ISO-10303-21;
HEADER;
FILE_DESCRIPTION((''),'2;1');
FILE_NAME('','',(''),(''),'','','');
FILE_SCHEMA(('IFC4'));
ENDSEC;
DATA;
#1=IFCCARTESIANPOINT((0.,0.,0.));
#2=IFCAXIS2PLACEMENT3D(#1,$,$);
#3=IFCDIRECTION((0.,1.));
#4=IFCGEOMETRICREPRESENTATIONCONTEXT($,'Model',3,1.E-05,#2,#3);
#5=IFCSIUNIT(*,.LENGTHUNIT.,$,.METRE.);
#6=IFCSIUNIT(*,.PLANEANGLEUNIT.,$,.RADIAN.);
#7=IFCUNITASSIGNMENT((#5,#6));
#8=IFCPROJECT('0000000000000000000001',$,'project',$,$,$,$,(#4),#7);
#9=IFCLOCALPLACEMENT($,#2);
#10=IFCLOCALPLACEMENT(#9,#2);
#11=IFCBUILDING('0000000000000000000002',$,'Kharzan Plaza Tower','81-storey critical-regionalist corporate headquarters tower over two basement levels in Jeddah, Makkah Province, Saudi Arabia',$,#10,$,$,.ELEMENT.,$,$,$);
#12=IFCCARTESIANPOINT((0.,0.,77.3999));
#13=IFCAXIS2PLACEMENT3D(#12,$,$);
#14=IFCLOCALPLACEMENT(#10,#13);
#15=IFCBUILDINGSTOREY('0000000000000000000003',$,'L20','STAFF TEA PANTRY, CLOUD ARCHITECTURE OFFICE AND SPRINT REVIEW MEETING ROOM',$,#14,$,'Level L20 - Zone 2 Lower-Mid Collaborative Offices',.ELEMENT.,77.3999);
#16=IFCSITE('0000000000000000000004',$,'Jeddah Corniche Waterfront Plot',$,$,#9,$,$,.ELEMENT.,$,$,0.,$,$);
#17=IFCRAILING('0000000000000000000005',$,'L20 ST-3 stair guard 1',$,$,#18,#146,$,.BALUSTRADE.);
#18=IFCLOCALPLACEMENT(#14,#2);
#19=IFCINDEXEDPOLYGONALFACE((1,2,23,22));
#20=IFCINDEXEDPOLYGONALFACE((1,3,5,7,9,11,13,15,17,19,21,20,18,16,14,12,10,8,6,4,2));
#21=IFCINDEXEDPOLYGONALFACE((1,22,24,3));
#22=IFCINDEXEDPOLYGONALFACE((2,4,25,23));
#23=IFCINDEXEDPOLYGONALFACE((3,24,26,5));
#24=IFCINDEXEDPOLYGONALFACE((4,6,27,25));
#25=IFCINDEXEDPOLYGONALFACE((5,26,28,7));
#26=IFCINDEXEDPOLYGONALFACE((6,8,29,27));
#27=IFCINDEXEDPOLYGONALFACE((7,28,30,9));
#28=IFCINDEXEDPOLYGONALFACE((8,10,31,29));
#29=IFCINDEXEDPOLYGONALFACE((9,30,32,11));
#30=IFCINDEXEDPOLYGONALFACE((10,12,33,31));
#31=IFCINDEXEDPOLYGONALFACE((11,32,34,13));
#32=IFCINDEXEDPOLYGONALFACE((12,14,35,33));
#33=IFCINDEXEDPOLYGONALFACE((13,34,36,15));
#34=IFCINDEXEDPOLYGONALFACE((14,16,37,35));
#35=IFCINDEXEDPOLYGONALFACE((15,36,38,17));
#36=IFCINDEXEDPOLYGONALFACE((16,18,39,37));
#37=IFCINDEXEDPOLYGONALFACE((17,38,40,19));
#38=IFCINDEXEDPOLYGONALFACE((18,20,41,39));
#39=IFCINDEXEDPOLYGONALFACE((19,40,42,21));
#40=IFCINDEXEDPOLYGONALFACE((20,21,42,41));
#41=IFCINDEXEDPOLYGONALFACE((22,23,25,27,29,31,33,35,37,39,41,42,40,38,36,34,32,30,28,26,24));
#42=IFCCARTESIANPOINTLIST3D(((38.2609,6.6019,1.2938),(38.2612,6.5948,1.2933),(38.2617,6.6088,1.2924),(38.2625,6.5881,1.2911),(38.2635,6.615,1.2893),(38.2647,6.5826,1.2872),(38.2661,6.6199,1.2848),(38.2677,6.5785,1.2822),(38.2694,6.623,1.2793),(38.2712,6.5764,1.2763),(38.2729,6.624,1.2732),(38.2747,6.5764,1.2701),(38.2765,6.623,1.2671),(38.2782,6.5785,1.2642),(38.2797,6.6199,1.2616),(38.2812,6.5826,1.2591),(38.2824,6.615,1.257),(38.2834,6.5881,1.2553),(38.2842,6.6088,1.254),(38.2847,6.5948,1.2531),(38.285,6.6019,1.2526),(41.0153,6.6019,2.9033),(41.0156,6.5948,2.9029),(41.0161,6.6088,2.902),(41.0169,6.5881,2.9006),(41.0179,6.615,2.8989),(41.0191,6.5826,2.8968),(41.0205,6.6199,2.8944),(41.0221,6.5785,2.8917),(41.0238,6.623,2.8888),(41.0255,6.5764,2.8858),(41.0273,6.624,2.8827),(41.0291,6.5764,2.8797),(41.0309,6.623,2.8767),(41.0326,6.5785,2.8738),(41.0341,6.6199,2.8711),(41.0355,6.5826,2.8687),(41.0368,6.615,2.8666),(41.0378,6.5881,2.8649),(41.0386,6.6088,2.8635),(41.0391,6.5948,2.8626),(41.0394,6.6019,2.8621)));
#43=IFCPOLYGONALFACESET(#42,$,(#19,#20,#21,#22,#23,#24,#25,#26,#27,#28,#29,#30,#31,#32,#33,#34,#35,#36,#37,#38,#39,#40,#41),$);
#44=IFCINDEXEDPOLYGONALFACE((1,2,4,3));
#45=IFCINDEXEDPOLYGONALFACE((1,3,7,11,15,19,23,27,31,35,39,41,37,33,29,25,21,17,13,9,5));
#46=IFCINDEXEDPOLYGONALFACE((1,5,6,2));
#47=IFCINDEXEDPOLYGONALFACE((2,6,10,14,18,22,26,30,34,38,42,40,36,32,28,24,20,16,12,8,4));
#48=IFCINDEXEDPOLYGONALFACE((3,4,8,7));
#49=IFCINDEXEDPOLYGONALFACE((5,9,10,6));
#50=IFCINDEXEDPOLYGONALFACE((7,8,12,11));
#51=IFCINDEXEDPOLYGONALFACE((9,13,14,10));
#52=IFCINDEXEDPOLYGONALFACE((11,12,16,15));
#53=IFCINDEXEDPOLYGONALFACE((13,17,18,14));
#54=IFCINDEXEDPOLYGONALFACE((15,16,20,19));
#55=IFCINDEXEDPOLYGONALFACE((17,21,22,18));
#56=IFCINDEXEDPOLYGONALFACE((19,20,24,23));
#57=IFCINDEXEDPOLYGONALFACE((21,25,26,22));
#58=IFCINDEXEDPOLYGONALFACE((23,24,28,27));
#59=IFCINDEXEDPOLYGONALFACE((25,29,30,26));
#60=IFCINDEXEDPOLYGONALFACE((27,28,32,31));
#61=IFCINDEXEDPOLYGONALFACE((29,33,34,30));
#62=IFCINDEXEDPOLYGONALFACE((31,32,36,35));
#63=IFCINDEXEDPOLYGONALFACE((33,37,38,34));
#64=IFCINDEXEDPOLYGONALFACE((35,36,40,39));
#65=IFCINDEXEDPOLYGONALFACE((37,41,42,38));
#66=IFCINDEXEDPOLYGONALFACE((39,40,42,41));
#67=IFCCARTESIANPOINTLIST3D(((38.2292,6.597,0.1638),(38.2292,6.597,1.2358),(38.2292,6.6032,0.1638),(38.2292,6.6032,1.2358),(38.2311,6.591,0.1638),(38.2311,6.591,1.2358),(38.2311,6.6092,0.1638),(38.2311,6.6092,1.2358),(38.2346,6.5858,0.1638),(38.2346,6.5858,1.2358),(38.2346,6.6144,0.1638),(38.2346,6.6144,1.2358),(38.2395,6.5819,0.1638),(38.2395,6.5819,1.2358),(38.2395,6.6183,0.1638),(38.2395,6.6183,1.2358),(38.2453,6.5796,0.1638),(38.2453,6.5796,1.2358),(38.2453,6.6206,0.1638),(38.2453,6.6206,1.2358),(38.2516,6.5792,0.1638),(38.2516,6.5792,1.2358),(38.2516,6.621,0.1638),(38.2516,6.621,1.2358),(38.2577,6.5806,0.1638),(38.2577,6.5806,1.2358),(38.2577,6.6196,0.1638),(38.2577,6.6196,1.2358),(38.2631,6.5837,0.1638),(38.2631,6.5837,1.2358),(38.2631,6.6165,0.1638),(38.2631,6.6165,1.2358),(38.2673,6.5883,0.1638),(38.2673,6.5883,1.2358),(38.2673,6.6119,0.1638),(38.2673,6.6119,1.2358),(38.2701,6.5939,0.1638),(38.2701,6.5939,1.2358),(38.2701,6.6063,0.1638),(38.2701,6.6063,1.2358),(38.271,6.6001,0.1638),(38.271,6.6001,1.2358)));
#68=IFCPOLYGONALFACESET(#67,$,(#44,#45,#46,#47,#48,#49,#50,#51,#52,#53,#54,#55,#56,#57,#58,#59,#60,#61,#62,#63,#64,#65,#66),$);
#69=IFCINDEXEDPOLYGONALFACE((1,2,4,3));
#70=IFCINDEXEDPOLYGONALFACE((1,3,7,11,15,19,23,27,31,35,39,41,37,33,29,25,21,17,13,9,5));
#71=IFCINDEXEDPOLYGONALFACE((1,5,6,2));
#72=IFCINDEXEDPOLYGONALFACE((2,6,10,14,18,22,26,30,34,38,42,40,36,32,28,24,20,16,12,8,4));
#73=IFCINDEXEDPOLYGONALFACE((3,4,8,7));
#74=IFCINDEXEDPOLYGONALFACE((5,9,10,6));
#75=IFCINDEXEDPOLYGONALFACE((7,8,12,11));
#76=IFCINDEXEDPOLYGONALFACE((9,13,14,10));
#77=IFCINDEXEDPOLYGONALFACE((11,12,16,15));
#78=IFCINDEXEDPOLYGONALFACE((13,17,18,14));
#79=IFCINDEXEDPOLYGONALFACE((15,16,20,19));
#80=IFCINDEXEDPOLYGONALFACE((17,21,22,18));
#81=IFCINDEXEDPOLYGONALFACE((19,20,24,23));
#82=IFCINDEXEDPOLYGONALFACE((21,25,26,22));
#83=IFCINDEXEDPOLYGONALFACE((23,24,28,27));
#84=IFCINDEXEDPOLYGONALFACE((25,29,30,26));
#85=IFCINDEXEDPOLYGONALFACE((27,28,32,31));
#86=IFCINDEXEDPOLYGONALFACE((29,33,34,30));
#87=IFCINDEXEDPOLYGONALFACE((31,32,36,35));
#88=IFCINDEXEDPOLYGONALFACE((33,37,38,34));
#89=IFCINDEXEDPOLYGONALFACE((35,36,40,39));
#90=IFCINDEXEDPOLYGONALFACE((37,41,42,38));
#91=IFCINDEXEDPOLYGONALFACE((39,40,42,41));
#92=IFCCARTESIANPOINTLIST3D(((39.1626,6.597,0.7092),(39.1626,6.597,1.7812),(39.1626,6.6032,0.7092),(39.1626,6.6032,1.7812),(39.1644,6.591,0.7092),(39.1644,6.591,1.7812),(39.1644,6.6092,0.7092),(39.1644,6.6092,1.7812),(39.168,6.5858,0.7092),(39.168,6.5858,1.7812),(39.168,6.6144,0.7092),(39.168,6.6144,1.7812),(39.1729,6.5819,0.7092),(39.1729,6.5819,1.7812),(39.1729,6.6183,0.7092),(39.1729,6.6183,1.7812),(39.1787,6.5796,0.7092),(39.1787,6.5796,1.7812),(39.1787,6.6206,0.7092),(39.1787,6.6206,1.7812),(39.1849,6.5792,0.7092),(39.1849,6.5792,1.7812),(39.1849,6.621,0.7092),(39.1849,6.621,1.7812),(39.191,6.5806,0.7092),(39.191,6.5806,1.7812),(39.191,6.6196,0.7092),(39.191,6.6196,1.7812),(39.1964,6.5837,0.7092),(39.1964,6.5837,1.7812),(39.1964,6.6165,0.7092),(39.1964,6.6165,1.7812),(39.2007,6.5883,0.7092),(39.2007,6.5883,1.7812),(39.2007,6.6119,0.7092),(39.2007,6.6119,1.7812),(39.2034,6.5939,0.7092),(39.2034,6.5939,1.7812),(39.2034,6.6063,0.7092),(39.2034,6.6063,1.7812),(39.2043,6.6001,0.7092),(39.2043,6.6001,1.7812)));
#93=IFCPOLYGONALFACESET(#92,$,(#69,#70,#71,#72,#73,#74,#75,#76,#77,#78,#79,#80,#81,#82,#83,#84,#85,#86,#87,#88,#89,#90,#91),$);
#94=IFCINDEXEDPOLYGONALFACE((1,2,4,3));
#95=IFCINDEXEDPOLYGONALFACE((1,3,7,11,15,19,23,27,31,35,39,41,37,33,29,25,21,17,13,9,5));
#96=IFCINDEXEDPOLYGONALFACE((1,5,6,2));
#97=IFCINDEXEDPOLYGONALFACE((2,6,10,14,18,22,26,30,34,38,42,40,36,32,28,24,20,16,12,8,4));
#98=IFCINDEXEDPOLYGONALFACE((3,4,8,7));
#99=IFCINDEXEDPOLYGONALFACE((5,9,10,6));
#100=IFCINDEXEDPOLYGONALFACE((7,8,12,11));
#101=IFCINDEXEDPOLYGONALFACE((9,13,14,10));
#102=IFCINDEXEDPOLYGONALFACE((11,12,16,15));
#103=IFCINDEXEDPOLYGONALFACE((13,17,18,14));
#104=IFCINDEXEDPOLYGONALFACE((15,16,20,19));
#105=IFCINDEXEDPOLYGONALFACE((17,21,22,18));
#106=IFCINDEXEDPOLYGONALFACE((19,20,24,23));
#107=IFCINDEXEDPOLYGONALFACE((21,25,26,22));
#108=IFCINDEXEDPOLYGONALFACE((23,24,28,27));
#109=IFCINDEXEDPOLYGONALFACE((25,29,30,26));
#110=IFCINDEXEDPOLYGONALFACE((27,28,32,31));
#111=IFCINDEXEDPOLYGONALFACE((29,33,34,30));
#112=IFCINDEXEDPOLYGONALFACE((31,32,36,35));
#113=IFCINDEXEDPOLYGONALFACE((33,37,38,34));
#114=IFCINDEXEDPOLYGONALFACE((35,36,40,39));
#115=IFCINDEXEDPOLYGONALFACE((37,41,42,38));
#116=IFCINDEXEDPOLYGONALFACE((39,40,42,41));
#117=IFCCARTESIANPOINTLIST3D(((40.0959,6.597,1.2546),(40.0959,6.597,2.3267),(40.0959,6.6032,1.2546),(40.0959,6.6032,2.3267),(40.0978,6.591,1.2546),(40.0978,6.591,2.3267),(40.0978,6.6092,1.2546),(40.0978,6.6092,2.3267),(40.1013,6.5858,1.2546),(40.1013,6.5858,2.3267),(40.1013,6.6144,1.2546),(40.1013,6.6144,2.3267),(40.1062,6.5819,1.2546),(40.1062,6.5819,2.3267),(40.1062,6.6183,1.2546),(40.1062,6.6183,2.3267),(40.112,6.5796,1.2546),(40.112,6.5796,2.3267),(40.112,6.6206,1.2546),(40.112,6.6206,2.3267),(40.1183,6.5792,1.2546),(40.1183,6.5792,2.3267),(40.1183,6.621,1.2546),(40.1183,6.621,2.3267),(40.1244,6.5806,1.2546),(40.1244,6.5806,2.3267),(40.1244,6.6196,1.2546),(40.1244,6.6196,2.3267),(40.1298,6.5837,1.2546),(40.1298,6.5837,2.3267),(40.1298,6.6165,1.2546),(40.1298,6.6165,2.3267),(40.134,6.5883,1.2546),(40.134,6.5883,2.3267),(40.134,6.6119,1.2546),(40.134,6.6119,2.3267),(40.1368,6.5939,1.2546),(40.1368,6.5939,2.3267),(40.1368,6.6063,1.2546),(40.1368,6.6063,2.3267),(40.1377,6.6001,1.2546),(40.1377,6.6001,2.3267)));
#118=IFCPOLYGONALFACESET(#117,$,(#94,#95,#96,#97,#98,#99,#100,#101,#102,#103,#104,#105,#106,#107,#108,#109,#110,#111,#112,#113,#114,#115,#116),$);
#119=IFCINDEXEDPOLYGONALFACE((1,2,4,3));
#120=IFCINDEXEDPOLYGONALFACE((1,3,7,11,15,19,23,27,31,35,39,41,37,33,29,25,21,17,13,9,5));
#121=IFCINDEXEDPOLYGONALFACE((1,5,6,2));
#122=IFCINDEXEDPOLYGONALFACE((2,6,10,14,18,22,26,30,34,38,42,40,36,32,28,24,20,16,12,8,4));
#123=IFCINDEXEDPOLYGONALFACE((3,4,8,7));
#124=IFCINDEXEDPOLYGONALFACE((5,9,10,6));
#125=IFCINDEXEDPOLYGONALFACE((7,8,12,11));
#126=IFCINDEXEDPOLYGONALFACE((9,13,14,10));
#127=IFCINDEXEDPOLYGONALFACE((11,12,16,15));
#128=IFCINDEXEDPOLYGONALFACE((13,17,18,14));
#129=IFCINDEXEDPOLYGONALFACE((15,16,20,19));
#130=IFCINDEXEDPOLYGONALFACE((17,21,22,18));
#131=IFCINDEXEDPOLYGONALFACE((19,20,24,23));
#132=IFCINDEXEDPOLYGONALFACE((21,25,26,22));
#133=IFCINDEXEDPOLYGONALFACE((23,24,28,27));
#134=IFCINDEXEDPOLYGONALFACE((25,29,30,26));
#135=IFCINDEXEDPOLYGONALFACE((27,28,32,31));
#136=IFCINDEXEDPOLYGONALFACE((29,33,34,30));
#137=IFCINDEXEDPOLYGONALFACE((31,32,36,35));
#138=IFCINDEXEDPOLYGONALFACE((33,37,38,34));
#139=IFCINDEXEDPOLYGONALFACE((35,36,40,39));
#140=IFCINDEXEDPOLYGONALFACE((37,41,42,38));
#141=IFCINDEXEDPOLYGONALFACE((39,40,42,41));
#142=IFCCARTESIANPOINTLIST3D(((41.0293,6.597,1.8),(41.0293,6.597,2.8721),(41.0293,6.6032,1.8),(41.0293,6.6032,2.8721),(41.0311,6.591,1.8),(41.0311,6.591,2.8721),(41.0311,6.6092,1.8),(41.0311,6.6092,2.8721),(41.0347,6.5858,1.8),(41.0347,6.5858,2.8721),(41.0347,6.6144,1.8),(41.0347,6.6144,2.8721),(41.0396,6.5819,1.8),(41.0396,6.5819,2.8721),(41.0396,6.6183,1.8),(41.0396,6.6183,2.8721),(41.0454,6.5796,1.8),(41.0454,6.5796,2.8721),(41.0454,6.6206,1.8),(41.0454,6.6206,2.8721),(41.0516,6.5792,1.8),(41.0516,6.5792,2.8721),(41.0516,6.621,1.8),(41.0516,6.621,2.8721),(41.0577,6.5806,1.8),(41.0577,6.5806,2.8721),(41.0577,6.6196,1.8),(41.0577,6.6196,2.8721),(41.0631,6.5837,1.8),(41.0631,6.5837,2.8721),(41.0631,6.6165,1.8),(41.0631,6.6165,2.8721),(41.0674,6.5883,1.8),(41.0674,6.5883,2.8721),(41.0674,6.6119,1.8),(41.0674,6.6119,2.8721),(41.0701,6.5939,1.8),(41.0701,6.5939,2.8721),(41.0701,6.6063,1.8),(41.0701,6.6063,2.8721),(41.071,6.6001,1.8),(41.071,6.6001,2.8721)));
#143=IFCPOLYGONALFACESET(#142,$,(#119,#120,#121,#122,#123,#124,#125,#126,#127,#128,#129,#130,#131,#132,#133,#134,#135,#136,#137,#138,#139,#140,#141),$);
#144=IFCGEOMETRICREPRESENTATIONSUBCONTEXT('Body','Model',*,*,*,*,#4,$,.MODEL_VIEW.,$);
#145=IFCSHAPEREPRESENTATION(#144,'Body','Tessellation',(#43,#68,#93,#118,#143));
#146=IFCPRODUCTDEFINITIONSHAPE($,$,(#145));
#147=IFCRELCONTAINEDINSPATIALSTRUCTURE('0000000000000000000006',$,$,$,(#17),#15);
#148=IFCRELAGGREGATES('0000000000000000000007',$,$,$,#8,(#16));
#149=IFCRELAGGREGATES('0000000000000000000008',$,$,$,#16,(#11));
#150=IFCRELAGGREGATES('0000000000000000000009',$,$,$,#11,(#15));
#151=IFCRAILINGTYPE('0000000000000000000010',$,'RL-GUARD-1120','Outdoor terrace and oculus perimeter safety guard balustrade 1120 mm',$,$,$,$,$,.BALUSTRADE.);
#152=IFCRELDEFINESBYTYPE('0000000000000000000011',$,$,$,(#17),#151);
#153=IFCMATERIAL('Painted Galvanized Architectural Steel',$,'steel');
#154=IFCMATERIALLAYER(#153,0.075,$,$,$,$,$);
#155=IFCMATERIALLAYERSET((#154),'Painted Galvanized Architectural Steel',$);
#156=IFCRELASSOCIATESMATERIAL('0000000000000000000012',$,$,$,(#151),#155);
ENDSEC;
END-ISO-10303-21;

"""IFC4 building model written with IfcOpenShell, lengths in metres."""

from ifc_helpers import new_model, si_unit, direction, frame, origin, origin_2d, place, context, subcontext, project, spatial, circle, extrude, source, transform, mapped, material, layer, layer_set, type_object, element, save


model = new_model("IFC4")

# Units and contexts
model_context = context("Model", 3, precision=1e-05, world=origin(), true_north=direction((0.0, 1.0)))
body_context = subcontext(model_context, "Body", "Model", "MODEL_VIEW")
ifc_project = project(units=[si_unit("LENGTHUNIT", "METRE"), si_unit("PLANEANGLEUNIT", "RADIAN")], contexts=[model_context])

# Site, building, storey
site_placement = place(None, origin())
site = spatial("IfcSite", under=ifc_project, at=site_placement, Name="Jeddah Corniche Waterfront Plot", CompositionType="ELEMENT", RefElevation=0.0)
building_placement = place(site_placement, origin())
building = spatial("IfcBuilding", under=site, at=building_placement, Name="Kharzan Plaza Tower", Description="81-storey critical-regionalist corporate headquarters tower over two basement levels in Jeddah, Makkah Province, Saudi Arabia", CompositionType="ELEMENT")
storey_placement = place(building_placement, frame((0.0, 0.0, 77.3999)))
storey = spatial("IfcBuildingStorey", under=building, at=storey_placement, Name="L20", Description="STAFF TEA PANTRY, CLOUD ARCHITECTURE OFFICE AND SPRINT REVIEW MEETING ROOM", LongName="Level L20 - Zone 2 Lower-Mid Collaborative Offices", CompositionType="ELEMENT", Elevation=77.3999)

# Railing
ifc_material_1 = material(Name="Painted Galvanized Architectural Steel", Category="steel")
ifc_layer_1 = layer(ifc_material_1, 0.075)
ifc_layer_set_1 = layer_set([ifc_layer_1], Name="Painted Galvanized Architectural Steel")
railing_type_1 = type_object("IfcRailingType", Name="RL-GUARD-1120", Description="Outdoor terrace and oculus perimeter safety guard balustrade 1120 mm", PredefinedType="BALUSTRADE", material=ifc_layer_set_1)
shared_shape_1 = source(origin(), body_context, "Body", "SweptSolid", [
    extrude(circle(Radius=0.0239, at=origin_2d()), frame((0.0229, 0.0, 1.1094), z_axis=(0.863394, 0.0, 0.504531), x_axis=(0.0, 1.0, 0.0)), (0.0, 0.0, 1.0), 3.1902),
    extrude(circle(Radius=0.021, at=origin_2d()), origin(), (0.0, 0.0, 1.0), 1.072),
    extrude(circle(Radius=0.021, at=origin_2d()), frame((0.9333, 0.0, 0.5454)), (0.0, 0.0, 1.0), 1.072),
    extrude(circle(Radius=0.021, at=origin_2d()), frame((1.8667, 0.0, 1.0908)), (0.0, 0.0, 1.0), 1.072),
    extrude(circle(Radius=0.021, at=origin_2d()), frame((2.8, 0.0, 1.6362)), (0.0, 0.0, 1.0), 1.072),
])
railing_1_placement = place(storey_placement, frame((38.25, 6.6001, 0.1638)))
element("IfcRailing", 1, at=railing_1_placement, inside=storey, type_object=railing_type_1, Name="L20 ST-3 stair guard 1", PredefinedType="BALUSTRADE", context=body_context, shape_type="MappedRepresentation", body=[
    mapped(shared_shape_1, transform((0.0, 0.0, 0.0), x_axis=(1.0, 0.0, 0.0), y_axis=(0.0, 1.0, 0.0), z_axis=(0.0, 0.0, 1.0))),
])

save(model, "model.ifc")
